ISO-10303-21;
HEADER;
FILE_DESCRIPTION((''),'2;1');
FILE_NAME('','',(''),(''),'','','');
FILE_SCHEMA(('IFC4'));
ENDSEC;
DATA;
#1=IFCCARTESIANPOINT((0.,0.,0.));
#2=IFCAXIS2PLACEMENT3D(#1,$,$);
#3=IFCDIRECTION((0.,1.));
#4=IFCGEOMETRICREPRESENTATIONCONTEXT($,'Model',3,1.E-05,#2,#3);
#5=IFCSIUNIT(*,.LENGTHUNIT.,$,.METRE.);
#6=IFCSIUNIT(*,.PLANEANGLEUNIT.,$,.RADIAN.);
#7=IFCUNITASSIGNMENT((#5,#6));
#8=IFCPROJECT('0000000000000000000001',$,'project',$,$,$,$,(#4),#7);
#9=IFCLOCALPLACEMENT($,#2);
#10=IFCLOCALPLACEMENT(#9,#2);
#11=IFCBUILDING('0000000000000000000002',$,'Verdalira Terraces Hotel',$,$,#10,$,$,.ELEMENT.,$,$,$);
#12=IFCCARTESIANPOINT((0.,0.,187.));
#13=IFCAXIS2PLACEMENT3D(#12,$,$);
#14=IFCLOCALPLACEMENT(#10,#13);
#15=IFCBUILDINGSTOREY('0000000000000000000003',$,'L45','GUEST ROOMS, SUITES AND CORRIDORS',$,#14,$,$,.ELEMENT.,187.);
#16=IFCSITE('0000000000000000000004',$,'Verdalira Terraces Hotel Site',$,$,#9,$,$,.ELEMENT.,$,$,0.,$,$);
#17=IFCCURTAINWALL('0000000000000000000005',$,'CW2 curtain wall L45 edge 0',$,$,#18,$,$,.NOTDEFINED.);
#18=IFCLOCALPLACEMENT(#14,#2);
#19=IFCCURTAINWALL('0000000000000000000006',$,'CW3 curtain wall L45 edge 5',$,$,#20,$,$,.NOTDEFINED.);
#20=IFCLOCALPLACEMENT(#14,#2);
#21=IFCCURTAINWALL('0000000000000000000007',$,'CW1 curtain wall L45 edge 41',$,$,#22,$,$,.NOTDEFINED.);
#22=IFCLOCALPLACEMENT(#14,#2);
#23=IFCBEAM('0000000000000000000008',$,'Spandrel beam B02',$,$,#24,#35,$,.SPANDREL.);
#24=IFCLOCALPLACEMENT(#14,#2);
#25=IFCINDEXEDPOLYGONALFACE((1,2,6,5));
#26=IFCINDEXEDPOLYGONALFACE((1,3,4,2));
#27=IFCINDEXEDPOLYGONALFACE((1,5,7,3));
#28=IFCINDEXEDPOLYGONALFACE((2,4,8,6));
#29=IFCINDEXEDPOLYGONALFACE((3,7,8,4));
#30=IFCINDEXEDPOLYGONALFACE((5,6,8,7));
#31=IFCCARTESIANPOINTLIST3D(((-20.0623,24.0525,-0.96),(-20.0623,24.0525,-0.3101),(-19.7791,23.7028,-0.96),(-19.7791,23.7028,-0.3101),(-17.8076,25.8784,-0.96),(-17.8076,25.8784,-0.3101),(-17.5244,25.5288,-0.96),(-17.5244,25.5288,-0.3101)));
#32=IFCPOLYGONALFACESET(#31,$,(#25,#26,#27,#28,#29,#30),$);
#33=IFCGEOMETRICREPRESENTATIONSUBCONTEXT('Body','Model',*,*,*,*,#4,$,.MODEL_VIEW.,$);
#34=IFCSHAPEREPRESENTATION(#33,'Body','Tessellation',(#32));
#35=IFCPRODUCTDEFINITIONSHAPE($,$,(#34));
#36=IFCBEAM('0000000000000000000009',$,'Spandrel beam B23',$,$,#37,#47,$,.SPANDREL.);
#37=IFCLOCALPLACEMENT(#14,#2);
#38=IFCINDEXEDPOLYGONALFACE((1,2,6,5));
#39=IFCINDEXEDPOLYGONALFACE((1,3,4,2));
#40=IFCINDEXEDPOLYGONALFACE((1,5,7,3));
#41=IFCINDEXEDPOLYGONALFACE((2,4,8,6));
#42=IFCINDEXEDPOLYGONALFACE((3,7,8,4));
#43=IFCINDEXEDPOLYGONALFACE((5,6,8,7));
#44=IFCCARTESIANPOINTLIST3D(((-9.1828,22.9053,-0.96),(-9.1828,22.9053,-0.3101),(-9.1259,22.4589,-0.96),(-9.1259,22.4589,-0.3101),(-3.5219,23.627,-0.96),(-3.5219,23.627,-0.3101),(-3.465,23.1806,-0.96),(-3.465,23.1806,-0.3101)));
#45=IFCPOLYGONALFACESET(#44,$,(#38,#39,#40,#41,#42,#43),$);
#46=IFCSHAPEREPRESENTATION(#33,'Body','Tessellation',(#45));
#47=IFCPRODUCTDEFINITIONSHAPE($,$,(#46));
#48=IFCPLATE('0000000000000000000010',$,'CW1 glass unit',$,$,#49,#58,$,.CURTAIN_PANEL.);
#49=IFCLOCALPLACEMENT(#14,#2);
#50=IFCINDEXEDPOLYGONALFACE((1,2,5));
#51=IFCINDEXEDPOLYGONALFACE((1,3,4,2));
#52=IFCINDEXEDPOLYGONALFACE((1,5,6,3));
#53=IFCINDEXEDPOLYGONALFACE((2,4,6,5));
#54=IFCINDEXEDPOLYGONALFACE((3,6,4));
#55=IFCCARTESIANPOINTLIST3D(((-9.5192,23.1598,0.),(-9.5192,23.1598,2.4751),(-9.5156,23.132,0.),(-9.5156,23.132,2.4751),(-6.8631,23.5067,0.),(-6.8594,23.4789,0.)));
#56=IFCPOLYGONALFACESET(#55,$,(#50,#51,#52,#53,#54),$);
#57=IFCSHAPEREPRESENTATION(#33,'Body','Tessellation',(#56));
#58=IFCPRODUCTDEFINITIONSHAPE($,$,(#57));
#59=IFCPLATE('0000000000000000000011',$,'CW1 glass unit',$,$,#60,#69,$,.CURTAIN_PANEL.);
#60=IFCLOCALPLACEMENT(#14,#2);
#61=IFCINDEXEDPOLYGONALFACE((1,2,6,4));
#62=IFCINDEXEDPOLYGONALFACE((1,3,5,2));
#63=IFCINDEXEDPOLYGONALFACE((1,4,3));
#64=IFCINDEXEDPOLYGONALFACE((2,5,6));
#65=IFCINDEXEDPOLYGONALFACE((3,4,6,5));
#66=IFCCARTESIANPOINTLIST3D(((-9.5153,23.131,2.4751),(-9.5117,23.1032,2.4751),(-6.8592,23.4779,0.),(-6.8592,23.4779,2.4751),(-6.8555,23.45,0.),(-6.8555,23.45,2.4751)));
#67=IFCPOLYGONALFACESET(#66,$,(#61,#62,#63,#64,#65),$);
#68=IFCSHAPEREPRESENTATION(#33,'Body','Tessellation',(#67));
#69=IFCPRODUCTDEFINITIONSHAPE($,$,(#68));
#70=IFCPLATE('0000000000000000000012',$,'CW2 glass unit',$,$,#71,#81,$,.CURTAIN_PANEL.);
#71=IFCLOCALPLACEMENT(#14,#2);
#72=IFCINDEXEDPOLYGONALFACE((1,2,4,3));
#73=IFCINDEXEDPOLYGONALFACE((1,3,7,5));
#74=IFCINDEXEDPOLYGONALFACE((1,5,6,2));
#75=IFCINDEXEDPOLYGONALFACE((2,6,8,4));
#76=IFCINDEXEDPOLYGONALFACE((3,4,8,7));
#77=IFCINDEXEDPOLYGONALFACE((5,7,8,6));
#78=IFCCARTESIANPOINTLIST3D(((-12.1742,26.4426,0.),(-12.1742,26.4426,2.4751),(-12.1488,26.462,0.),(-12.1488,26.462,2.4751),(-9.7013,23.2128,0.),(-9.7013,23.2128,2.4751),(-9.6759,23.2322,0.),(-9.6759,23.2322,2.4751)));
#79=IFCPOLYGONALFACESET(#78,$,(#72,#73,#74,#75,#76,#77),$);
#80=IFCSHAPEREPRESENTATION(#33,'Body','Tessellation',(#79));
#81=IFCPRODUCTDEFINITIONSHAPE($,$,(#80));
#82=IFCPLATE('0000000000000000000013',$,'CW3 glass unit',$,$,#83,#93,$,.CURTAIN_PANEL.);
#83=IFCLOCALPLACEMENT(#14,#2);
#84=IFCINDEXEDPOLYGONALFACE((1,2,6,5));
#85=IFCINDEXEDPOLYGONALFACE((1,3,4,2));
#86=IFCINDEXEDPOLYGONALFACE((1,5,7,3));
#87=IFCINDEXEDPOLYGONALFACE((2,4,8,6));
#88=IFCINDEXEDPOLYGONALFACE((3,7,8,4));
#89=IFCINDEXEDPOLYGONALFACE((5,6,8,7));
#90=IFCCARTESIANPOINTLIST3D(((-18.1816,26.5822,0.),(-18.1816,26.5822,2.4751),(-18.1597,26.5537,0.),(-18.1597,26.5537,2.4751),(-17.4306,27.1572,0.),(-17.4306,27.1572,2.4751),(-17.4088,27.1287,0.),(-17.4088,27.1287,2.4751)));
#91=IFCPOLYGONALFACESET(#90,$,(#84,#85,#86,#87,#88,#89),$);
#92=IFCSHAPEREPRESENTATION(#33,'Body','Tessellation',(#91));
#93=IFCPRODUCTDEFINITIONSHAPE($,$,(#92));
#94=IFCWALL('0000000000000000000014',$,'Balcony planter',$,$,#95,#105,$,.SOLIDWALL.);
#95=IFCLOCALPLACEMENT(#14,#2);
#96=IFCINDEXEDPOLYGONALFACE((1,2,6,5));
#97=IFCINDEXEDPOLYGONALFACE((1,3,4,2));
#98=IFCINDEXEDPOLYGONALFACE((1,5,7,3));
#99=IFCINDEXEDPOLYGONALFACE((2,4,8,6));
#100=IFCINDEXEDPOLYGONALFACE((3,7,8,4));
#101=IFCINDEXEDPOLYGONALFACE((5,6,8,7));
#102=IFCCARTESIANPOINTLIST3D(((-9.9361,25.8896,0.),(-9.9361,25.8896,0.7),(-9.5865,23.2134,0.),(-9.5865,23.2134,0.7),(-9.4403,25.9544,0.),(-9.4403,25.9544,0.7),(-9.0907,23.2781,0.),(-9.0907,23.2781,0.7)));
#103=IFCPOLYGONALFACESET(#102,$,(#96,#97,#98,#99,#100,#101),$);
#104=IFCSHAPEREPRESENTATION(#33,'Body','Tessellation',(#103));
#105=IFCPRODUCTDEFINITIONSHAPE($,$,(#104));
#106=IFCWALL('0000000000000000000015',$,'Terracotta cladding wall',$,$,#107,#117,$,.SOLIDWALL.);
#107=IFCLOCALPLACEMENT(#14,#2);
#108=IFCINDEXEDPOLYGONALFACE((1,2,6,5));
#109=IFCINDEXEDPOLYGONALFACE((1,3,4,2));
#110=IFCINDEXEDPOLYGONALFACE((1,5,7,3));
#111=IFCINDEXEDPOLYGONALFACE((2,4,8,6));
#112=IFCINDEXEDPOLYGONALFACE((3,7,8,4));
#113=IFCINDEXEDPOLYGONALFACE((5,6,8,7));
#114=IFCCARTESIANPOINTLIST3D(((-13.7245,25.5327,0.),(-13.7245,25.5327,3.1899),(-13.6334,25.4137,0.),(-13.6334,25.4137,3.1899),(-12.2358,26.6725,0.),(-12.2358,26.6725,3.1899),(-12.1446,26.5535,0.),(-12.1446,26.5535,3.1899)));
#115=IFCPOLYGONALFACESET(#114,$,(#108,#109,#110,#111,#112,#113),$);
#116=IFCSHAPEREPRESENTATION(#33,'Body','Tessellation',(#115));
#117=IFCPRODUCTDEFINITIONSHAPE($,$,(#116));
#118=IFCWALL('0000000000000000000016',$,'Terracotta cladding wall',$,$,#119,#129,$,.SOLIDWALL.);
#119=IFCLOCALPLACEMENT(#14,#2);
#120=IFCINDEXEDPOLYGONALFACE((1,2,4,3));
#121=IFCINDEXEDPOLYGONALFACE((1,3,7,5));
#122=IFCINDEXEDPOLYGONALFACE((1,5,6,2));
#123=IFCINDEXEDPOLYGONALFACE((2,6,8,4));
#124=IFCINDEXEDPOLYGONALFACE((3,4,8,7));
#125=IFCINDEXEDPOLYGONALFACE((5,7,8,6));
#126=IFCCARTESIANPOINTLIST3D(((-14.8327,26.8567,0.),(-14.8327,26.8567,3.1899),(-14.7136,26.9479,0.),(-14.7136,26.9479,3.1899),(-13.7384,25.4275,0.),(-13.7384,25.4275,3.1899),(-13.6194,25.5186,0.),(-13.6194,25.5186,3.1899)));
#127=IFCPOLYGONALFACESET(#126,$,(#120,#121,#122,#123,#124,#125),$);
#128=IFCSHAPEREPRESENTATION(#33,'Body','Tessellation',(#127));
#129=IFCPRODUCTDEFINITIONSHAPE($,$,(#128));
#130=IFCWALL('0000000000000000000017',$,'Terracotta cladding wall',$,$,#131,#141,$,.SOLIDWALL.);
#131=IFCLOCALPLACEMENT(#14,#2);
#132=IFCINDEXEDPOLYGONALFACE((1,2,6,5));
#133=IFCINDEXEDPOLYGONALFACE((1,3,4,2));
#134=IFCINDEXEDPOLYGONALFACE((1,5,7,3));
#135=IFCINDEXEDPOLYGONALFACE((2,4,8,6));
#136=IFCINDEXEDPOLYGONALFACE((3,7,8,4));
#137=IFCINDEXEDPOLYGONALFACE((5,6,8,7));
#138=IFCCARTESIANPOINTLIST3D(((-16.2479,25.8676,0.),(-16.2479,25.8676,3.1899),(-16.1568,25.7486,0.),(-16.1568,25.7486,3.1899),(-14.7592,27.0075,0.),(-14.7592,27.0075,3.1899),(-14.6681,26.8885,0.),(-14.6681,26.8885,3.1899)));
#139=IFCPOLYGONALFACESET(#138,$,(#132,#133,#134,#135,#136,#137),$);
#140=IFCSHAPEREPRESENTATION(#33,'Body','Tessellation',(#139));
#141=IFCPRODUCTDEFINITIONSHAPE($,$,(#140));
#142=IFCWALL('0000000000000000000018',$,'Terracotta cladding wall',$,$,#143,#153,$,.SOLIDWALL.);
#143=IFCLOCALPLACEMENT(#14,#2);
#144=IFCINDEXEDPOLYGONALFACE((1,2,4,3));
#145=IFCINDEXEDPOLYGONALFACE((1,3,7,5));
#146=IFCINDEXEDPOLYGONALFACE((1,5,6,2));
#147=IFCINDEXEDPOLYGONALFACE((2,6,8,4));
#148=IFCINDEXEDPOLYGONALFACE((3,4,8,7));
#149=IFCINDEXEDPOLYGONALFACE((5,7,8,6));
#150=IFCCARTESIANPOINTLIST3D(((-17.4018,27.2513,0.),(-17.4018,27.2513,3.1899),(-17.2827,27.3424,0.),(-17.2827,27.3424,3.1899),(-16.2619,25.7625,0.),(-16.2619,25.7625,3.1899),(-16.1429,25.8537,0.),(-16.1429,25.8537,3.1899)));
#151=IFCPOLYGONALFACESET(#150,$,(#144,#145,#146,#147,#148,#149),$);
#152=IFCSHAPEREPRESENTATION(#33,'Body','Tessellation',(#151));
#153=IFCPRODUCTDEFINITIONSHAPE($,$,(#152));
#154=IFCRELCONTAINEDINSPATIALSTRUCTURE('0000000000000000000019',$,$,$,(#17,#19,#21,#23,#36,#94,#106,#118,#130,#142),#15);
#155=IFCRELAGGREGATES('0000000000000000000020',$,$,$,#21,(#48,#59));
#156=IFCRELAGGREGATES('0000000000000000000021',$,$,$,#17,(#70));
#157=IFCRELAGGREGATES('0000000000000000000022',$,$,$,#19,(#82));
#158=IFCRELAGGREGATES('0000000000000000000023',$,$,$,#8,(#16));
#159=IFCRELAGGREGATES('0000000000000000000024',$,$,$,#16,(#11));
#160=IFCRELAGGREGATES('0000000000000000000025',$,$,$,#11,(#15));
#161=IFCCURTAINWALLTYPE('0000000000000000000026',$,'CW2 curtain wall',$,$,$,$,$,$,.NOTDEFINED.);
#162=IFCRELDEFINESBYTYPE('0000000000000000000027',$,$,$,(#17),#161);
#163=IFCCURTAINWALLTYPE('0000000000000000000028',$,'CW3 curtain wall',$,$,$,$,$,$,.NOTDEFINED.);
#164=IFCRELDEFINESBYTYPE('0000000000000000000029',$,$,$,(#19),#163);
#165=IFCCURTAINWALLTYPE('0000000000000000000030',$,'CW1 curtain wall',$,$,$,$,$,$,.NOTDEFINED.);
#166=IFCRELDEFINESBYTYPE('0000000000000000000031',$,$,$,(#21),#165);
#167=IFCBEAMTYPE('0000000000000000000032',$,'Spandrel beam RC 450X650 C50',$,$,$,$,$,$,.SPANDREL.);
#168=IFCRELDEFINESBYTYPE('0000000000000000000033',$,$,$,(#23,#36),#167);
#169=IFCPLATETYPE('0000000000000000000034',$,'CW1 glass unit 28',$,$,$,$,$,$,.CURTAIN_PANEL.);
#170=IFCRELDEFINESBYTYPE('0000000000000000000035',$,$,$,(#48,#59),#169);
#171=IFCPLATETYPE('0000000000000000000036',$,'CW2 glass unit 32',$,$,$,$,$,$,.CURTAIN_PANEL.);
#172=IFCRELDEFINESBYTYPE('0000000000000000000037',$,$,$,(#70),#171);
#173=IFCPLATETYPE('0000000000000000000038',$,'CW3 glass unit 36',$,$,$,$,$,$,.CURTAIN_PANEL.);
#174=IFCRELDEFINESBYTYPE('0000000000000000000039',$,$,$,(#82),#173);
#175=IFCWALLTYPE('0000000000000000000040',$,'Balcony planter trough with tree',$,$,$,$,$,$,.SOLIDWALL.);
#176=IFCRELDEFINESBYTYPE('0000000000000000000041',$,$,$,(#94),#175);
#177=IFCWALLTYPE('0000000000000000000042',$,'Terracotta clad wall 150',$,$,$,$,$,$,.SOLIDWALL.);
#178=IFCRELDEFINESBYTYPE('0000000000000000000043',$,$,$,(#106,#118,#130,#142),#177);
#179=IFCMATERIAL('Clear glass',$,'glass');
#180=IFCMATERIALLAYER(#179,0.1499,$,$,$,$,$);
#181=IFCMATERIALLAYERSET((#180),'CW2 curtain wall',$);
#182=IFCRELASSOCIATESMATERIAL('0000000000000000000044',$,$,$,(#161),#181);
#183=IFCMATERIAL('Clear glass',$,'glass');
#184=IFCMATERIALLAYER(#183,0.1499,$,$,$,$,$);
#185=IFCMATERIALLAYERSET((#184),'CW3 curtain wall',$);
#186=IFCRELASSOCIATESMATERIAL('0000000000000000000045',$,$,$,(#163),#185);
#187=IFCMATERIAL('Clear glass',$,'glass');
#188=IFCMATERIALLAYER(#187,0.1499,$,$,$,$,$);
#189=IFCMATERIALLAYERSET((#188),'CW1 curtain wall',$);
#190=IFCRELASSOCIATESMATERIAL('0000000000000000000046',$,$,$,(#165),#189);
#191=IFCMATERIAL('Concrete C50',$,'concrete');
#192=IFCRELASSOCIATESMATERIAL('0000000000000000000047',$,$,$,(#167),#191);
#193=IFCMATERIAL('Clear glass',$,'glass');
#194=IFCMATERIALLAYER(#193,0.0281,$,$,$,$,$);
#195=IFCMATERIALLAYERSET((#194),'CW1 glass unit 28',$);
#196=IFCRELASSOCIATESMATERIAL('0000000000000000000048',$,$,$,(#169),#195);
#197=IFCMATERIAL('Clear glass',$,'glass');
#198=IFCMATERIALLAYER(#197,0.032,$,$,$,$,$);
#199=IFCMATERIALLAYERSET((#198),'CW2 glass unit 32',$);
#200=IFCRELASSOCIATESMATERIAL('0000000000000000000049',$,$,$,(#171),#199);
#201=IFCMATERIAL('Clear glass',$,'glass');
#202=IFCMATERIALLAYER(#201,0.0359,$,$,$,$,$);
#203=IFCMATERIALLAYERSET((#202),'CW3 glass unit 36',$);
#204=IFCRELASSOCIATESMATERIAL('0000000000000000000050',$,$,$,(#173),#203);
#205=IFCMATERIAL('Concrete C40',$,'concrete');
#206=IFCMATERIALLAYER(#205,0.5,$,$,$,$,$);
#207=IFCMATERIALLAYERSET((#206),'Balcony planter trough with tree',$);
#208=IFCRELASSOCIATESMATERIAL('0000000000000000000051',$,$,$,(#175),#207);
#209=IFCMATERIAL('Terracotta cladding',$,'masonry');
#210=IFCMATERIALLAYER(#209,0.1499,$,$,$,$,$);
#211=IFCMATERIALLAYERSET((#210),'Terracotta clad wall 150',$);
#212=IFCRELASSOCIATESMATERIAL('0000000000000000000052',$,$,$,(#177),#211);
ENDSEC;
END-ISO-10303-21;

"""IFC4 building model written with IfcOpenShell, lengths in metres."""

from ifc_helpers import new_model, si_unit, direction, frame, frame_2d, origin, origin_2d, place, context, subcontext, project, spatial, polyline, rectangle, outline, extrude, material, layer, layer_set, material_profile, profile_set, type_object, element, aggregate, save


model = new_model("IFC4")

# Units and contexts
model_context = context("Model", 3, precision=1e-05, world=origin(), true_north=direction((0.0, 1.0)))
body_context = subcontext(model_context, "Body", "Model", "MODEL_VIEW")
ifc_project = project(units=[si_unit("LENGTHUNIT", "METRE"), si_unit("PLANEANGLEUNIT", "RADIAN")], contexts=[model_context])

# Site, building, storey
site_placement = place(None, origin())
site = spatial("IfcSite", under=ifc_project, at=site_placement, Name="Verdalira Terraces Hotel Site", CompositionType="ELEMENT", RefElevation=0.0)
building_placement = place(site_placement, origin())
building = spatial("IfcBuilding", under=site, at=building_placement, Name="Verdalira Terraces Hotel", CompositionType="ELEMENT")
storey_placement = place(building_placement, frame((0.0, 0.0, 187.0)))
storey = spatial("IfcBuildingStorey", under=building, at=storey_placement, Name="L45", Description="GUEST ROOMS, SUITES AND CORRIDORS", CompositionType="ELEMENT", Elevation=187.0)

# Curtain walls
ifc_material_1 = material(Name="Clear glass", Category="glass")
ifc_layer_1 = layer(ifc_material_1, 0.1499)
ifc_layer_set_1 = layer_set([ifc_layer_1], Name="CW2 curtain wall")
curtain_wall_type_1 = type_object("IfcCurtainWallType", Name="CW2 curtain wall", PredefinedType="NOTDEFINED", material=ifc_layer_set_1)
curtain_wall_1_placement = place(storey_placement, origin())
curtain_wall_1 = element("IfcCurtainWall", 1, at=curtain_wall_1_placement, inside=storey, type_object=curtain_wall_type_1, Name="CW2 curtain wall L45 edge 0", PredefinedType="NOTDEFINED")
ifc_material_2 = material(Name="Clear glass", Category="glass")
ifc_layer_2 = layer(ifc_material_2, 0.1499)
ifc_layer_set_2 = layer_set([ifc_layer_2], Name="CW3 curtain wall")
curtain_wall_type_2 = type_object("IfcCurtainWallType", Name="CW3 curtain wall", PredefinedType="NOTDEFINED", material=ifc_layer_set_2)
curtain_wall_2_placement = place(storey_placement, origin())
curtain_wall_2 = element("IfcCurtainWall", 2, at=curtain_wall_2_placement, inside=storey, type_object=curtain_wall_type_2, Name="CW3 curtain wall L45 edge 5", PredefinedType="NOTDEFINED")

# Curtain wall
ifc_material_3 = material(Name="Clear glass", Category="glass")
ifc_layer_3 = layer(ifc_material_3, 0.1499)
ifc_layer_set_3 = layer_set([ifc_layer_3], Name="CW1 curtain wall")
curtain_wall_type_3 = type_object("IfcCurtainWallType", Name="CW1 curtain wall", PredefinedType="NOTDEFINED", material=ifc_layer_set_3)
curtain_wall_3_placement = place(storey_placement, origin())
curtain_wall_3 = element("IfcCurtainWall", 3, at=curtain_wall_3_placement, inside=storey, type_object=curtain_wall_type_3, Name="CW1 curtain wall L45 edge 41", PredefinedType="NOTDEFINED")

# Beams
ifc_material_4 = material(Name="Concrete C50", Category="concrete")
ifc_material_profile_1 = material_profile(ifc_material_4, rectangle(XDim=0.45, YDim=0.6499, at=origin_2d()), Name="RC 450X650")
ifc_profile_set_1 = profile_set([ifc_material_profile_1], Name="Concrete C50")
beam_type_1 = type_object("IfcBeamType", Name="Spandrel beam RC 450X650 C50", PredefinedType="SPANDREL", material=ifc_profile_set_1)
beam_1_placement = place(storey_placement, frame((-17.666, 25.7036, -0.635), z_axis=(-0.777119, -0.629353, 0.0), x_axis=(0.629353, -0.777119, 0.0)))
element("IfcBeam", 4, at=beam_1_placement, inside=storey, type_object=beam_type_1, Name="Spandrel beam B02", PredefinedType="SPANDREL", context=body_context, shape_type="SweptSolid", body=[
    extrude(rectangle(XDim=0.45, YDim=0.6499, at=origin_2d()), origin(), (0.0, 0.0, 1.0), 2.9014),
])
beam_2_placement = place(storey_placement, frame((-3.4934, 23.4038, -0.635), z_axis=(-0.991971, -0.126462, 0.0), x_axis=(0.126462, -0.991971, 0.0)))
element("IfcBeam", 5, at=beam_2_placement, inside=storey, type_object=beam_type_1, Name="Spandrel beam B23", PredefinedType="SPANDREL", context=body_context, shape_type="SweptSolid", body=[
    extrude(rectangle(XDim=0.45, YDim=0.6499, at=origin_2d()), origin(), (0.0, 0.0, 1.0), 5.7068),
])

# Plates
ifc_material_5 = material(Name="Clear glass", Category="glass")
ifc_layer_4 = layer(ifc_material_5, 0.0281)
ifc_layer_set_4 = layer_set([ifc_layer_4], Name="CW1 glass unit 28")
plate_type_1 = type_object("IfcPlateType", Name="CW1 glass unit 28", PredefinedType="CURTAIN_PANEL", material=ifc_layer_set_4)
plate_1_placement = place(storey_placement, frame((-8.1875, 23.3054, 1.2375), z_axis=(-0.129488, 0.991581, 0.0), x_axis=(-0.991581, -0.129488, 0.0)))
plate_1 = element("IfcPlate", 6, at=plate_1_placement, type_object=plate_type_1, Name="CW1 glass unit", PredefinedType="CURTAIN_PANEL", context=body_context, shape_type="SweptSolid", body=[
    extrude(outline(polyline([(-1.3394, -1.2375), (1.3394, -1.2375), (1.3394, 1.2375), (-1.3394, -1.2375)])), origin(), (0.0, 0.0, 1.0), 0.0281),
])
plate_2_placement = place(storey_placement, frame((-8.1836, 23.2766, 1.2375), z_axis=(-0.129488, 0.991581, 0.0), x_axis=(-0.991581, -0.129488, 0.0)))
plate_2 = element("IfcPlate", 7, at=plate_2_placement, type_object=plate_type_1, Name="CW1 glass unit", PredefinedType="CURTAIN_PANEL", context=body_context, shape_type="SweptSolid", body=[
    extrude(outline(polyline([(-1.3394, -1.2375), (1.3394, 1.2375), (-1.3394, 1.2375), (-1.3394, -1.2375)])), origin(), (0.0, 0.0, 1.0), 0.0281),
])
aggregate(curtain_wall_3, [plate_1, plate_2])
ifc_material_6 = material(Name="Clear glass", Category="glass")
ifc_layer_5 = layer(ifc_material_6, 0.032)
ifc_layer_set_5 = layer_set([ifc_layer_5], Name="CW2 glass unit 32")
plate_type_2 = type_object("IfcPlateType", Name="CW2 glass unit 32", PredefinedType="CURTAIN_PANEL", material=ifc_layer_set_5)
plate_3_placement = place(storey_placement, frame((-10.925, 24.8374, 0.0), z_axis=(0.0, 0.0, 1.0), x_axis=(-0.60793, 0.79399, 0.0)))
plate_3 = element("IfcPlate", 8, at=plate_3_placement, type_object=plate_type_2, Name="CW2 glass unit", PredefinedType="CURTAIN_PANEL", context=body_context, shape_type="SweptSolid", body=[
    extrude(rectangle(XDim=4.0679, YDim=0.032, at=origin_2d()), origin(), (0.0, 0.0, 1.0), 2.4751),
])
aggregate(curtain_wall_1, [plate_3])
ifc_material_7 = material(Name="Clear glass", Category="glass")
ifc_layer_6 = layer(ifc_material_7, 0.0359)
ifc_layer_set_6 = layer_set([ifc_layer_6], Name="CW3 glass unit 36")
plate_type_3 = type_object("IfcPlateType", Name="CW3 glass unit 36", PredefinedType="CURTAIN_PANEL", material=ifc_layer_set_6)
plate_4_placement = place(storey_placement, frame((-17.7952, 26.8555, 0.0), z_axis=(0.0, 0.0, 1.0), x_axis=(-0.79399, -0.60793, 0.0)))
plate_4 = element("IfcPlate", 9, at=plate_4_placement, type_object=plate_type_3, Name="CW3 glass unit", PredefinedType="CURTAIN_PANEL", context=body_context, shape_type="SweptSolid", body=[
    extrude(rectangle(XDim=0.9458, YDim=0.0359, at=origin_2d()), origin(), (0.0, 0.0, 1.0), 2.4751),
])
aggregate(curtain_wall_2, [plate_4])

# Walls
ifc_material_8 = material(Name="Concrete C40", Category="concrete")
ifc_layer_7 = layer(ifc_material_8, 0.5)
ifc_layer_set_7 = layer_set([ifc_layer_7], Name="Balcony planter trough with tree")
wall_type_1 = type_object("IfcWallType", Name="Balcony planter trough with tree", PredefinedType="SOLIDWALL", material=ifc_layer_set_7)
wall_1_placement = place(storey_placement, frame((-9.6882, 25.9221, 0.0), z_axis=(0.0, 0.0, 1.0), x_axis=(0.129533, -0.991575, 0.0)))
element("IfcWall", 10, at=wall_1_placement, inside=storey, type_object=wall_type_1, Name="Balcony planter", PredefinedType="SOLIDWALL", context=body_context, shape_type="SweptSolid", body=[
    extrude(rectangle(XDim=2.699, YDim=0.5, at=frame_2d((1.3496, 0.0))), origin(), (0.0, 0.0, 1.0), 0.7),
])
ifc_material_9 = material(Name="Terracotta cladding", Category="masonry")
ifc_layer_8 = layer(ifc_material_9, 0.1499)
ifc_layer_set_8 = layer_set([ifc_layer_8], Name="Terracotta clad wall 150")
wall_type_2 = type_object("IfcWallType", Name="Terracotta clad wall 150", PredefinedType="SOLIDWALL", material=ifc_layer_set_8)
wall_2_placement = place(storey_placement, frame((-12.1902, 26.613, 0.0), z_axis=(0.0, 0.0, 1.0), x_axis=(-0.793992, -0.607928, 0.0)))
element("IfcWall", 11, at=wall_2_placement, inside=storey, type_object=wall_type_2, Name="Terracotta cladding wall", PredefinedType="SOLIDWALL", context=body_context, shape_type="SweptSolid", body=[
    extrude(rectangle(XDim=1.875, YDim=0.1499, at=frame_2d((0.9375, 0.0))), origin(), (0.0, 0.0, 1.0), 3.1899),
])
wall_3_placement = place(storey_placement, frame((-13.679, 25.4731, 0.0), z_axis=(0.0, 0.0, 1.0), x_axis=(-0.607913, 0.794004, 0.0)))
element("IfcWall", 12, at=wall_3_placement, inside=storey, type_object=wall_type_2, Name="Terracotta cladding wall", PredefinedType="SOLIDWALL", context=body_context, shape_type="SweptSolid", body=[
    extrude(rectangle(XDim=1.8, YDim=0.1499, at=frame_2d((0.8999, 0.0))), origin(), (0.0, 0.0, 1.0), 3.1899),
])
for number, where, z_axis, x_axis, name in (
    (13, (-14.7136, 26.948, 0.0), (0.0, 0.0, 1.0), (-0.793992, -0.607928, 0.0), "Terracotta cladding wall"),
    (14, (-16.2024, 25.8081, 0.0), (0.0, 0.0, 1.0), (-0.607928, 0.793992, 0.0), "Terracotta cladding wall"),
):
    element("IfcWall", number, at=place(storey_placement, frame(where, z_axis=z_axis, x_axis=x_axis)), inside=storey, type_object=wall_type_2, Name=name, PredefinedType="SOLIDWALL", context=body_context, shape_type="SweptSolid", body=[
        extrude(rectangle(XDim=1.875, YDim=0.1499, at=frame_2d((0.9375, 0.0))), origin(), (0.0, 0.0, 1.0), 3.1899),
    ])

save(model, "model.ifc")
